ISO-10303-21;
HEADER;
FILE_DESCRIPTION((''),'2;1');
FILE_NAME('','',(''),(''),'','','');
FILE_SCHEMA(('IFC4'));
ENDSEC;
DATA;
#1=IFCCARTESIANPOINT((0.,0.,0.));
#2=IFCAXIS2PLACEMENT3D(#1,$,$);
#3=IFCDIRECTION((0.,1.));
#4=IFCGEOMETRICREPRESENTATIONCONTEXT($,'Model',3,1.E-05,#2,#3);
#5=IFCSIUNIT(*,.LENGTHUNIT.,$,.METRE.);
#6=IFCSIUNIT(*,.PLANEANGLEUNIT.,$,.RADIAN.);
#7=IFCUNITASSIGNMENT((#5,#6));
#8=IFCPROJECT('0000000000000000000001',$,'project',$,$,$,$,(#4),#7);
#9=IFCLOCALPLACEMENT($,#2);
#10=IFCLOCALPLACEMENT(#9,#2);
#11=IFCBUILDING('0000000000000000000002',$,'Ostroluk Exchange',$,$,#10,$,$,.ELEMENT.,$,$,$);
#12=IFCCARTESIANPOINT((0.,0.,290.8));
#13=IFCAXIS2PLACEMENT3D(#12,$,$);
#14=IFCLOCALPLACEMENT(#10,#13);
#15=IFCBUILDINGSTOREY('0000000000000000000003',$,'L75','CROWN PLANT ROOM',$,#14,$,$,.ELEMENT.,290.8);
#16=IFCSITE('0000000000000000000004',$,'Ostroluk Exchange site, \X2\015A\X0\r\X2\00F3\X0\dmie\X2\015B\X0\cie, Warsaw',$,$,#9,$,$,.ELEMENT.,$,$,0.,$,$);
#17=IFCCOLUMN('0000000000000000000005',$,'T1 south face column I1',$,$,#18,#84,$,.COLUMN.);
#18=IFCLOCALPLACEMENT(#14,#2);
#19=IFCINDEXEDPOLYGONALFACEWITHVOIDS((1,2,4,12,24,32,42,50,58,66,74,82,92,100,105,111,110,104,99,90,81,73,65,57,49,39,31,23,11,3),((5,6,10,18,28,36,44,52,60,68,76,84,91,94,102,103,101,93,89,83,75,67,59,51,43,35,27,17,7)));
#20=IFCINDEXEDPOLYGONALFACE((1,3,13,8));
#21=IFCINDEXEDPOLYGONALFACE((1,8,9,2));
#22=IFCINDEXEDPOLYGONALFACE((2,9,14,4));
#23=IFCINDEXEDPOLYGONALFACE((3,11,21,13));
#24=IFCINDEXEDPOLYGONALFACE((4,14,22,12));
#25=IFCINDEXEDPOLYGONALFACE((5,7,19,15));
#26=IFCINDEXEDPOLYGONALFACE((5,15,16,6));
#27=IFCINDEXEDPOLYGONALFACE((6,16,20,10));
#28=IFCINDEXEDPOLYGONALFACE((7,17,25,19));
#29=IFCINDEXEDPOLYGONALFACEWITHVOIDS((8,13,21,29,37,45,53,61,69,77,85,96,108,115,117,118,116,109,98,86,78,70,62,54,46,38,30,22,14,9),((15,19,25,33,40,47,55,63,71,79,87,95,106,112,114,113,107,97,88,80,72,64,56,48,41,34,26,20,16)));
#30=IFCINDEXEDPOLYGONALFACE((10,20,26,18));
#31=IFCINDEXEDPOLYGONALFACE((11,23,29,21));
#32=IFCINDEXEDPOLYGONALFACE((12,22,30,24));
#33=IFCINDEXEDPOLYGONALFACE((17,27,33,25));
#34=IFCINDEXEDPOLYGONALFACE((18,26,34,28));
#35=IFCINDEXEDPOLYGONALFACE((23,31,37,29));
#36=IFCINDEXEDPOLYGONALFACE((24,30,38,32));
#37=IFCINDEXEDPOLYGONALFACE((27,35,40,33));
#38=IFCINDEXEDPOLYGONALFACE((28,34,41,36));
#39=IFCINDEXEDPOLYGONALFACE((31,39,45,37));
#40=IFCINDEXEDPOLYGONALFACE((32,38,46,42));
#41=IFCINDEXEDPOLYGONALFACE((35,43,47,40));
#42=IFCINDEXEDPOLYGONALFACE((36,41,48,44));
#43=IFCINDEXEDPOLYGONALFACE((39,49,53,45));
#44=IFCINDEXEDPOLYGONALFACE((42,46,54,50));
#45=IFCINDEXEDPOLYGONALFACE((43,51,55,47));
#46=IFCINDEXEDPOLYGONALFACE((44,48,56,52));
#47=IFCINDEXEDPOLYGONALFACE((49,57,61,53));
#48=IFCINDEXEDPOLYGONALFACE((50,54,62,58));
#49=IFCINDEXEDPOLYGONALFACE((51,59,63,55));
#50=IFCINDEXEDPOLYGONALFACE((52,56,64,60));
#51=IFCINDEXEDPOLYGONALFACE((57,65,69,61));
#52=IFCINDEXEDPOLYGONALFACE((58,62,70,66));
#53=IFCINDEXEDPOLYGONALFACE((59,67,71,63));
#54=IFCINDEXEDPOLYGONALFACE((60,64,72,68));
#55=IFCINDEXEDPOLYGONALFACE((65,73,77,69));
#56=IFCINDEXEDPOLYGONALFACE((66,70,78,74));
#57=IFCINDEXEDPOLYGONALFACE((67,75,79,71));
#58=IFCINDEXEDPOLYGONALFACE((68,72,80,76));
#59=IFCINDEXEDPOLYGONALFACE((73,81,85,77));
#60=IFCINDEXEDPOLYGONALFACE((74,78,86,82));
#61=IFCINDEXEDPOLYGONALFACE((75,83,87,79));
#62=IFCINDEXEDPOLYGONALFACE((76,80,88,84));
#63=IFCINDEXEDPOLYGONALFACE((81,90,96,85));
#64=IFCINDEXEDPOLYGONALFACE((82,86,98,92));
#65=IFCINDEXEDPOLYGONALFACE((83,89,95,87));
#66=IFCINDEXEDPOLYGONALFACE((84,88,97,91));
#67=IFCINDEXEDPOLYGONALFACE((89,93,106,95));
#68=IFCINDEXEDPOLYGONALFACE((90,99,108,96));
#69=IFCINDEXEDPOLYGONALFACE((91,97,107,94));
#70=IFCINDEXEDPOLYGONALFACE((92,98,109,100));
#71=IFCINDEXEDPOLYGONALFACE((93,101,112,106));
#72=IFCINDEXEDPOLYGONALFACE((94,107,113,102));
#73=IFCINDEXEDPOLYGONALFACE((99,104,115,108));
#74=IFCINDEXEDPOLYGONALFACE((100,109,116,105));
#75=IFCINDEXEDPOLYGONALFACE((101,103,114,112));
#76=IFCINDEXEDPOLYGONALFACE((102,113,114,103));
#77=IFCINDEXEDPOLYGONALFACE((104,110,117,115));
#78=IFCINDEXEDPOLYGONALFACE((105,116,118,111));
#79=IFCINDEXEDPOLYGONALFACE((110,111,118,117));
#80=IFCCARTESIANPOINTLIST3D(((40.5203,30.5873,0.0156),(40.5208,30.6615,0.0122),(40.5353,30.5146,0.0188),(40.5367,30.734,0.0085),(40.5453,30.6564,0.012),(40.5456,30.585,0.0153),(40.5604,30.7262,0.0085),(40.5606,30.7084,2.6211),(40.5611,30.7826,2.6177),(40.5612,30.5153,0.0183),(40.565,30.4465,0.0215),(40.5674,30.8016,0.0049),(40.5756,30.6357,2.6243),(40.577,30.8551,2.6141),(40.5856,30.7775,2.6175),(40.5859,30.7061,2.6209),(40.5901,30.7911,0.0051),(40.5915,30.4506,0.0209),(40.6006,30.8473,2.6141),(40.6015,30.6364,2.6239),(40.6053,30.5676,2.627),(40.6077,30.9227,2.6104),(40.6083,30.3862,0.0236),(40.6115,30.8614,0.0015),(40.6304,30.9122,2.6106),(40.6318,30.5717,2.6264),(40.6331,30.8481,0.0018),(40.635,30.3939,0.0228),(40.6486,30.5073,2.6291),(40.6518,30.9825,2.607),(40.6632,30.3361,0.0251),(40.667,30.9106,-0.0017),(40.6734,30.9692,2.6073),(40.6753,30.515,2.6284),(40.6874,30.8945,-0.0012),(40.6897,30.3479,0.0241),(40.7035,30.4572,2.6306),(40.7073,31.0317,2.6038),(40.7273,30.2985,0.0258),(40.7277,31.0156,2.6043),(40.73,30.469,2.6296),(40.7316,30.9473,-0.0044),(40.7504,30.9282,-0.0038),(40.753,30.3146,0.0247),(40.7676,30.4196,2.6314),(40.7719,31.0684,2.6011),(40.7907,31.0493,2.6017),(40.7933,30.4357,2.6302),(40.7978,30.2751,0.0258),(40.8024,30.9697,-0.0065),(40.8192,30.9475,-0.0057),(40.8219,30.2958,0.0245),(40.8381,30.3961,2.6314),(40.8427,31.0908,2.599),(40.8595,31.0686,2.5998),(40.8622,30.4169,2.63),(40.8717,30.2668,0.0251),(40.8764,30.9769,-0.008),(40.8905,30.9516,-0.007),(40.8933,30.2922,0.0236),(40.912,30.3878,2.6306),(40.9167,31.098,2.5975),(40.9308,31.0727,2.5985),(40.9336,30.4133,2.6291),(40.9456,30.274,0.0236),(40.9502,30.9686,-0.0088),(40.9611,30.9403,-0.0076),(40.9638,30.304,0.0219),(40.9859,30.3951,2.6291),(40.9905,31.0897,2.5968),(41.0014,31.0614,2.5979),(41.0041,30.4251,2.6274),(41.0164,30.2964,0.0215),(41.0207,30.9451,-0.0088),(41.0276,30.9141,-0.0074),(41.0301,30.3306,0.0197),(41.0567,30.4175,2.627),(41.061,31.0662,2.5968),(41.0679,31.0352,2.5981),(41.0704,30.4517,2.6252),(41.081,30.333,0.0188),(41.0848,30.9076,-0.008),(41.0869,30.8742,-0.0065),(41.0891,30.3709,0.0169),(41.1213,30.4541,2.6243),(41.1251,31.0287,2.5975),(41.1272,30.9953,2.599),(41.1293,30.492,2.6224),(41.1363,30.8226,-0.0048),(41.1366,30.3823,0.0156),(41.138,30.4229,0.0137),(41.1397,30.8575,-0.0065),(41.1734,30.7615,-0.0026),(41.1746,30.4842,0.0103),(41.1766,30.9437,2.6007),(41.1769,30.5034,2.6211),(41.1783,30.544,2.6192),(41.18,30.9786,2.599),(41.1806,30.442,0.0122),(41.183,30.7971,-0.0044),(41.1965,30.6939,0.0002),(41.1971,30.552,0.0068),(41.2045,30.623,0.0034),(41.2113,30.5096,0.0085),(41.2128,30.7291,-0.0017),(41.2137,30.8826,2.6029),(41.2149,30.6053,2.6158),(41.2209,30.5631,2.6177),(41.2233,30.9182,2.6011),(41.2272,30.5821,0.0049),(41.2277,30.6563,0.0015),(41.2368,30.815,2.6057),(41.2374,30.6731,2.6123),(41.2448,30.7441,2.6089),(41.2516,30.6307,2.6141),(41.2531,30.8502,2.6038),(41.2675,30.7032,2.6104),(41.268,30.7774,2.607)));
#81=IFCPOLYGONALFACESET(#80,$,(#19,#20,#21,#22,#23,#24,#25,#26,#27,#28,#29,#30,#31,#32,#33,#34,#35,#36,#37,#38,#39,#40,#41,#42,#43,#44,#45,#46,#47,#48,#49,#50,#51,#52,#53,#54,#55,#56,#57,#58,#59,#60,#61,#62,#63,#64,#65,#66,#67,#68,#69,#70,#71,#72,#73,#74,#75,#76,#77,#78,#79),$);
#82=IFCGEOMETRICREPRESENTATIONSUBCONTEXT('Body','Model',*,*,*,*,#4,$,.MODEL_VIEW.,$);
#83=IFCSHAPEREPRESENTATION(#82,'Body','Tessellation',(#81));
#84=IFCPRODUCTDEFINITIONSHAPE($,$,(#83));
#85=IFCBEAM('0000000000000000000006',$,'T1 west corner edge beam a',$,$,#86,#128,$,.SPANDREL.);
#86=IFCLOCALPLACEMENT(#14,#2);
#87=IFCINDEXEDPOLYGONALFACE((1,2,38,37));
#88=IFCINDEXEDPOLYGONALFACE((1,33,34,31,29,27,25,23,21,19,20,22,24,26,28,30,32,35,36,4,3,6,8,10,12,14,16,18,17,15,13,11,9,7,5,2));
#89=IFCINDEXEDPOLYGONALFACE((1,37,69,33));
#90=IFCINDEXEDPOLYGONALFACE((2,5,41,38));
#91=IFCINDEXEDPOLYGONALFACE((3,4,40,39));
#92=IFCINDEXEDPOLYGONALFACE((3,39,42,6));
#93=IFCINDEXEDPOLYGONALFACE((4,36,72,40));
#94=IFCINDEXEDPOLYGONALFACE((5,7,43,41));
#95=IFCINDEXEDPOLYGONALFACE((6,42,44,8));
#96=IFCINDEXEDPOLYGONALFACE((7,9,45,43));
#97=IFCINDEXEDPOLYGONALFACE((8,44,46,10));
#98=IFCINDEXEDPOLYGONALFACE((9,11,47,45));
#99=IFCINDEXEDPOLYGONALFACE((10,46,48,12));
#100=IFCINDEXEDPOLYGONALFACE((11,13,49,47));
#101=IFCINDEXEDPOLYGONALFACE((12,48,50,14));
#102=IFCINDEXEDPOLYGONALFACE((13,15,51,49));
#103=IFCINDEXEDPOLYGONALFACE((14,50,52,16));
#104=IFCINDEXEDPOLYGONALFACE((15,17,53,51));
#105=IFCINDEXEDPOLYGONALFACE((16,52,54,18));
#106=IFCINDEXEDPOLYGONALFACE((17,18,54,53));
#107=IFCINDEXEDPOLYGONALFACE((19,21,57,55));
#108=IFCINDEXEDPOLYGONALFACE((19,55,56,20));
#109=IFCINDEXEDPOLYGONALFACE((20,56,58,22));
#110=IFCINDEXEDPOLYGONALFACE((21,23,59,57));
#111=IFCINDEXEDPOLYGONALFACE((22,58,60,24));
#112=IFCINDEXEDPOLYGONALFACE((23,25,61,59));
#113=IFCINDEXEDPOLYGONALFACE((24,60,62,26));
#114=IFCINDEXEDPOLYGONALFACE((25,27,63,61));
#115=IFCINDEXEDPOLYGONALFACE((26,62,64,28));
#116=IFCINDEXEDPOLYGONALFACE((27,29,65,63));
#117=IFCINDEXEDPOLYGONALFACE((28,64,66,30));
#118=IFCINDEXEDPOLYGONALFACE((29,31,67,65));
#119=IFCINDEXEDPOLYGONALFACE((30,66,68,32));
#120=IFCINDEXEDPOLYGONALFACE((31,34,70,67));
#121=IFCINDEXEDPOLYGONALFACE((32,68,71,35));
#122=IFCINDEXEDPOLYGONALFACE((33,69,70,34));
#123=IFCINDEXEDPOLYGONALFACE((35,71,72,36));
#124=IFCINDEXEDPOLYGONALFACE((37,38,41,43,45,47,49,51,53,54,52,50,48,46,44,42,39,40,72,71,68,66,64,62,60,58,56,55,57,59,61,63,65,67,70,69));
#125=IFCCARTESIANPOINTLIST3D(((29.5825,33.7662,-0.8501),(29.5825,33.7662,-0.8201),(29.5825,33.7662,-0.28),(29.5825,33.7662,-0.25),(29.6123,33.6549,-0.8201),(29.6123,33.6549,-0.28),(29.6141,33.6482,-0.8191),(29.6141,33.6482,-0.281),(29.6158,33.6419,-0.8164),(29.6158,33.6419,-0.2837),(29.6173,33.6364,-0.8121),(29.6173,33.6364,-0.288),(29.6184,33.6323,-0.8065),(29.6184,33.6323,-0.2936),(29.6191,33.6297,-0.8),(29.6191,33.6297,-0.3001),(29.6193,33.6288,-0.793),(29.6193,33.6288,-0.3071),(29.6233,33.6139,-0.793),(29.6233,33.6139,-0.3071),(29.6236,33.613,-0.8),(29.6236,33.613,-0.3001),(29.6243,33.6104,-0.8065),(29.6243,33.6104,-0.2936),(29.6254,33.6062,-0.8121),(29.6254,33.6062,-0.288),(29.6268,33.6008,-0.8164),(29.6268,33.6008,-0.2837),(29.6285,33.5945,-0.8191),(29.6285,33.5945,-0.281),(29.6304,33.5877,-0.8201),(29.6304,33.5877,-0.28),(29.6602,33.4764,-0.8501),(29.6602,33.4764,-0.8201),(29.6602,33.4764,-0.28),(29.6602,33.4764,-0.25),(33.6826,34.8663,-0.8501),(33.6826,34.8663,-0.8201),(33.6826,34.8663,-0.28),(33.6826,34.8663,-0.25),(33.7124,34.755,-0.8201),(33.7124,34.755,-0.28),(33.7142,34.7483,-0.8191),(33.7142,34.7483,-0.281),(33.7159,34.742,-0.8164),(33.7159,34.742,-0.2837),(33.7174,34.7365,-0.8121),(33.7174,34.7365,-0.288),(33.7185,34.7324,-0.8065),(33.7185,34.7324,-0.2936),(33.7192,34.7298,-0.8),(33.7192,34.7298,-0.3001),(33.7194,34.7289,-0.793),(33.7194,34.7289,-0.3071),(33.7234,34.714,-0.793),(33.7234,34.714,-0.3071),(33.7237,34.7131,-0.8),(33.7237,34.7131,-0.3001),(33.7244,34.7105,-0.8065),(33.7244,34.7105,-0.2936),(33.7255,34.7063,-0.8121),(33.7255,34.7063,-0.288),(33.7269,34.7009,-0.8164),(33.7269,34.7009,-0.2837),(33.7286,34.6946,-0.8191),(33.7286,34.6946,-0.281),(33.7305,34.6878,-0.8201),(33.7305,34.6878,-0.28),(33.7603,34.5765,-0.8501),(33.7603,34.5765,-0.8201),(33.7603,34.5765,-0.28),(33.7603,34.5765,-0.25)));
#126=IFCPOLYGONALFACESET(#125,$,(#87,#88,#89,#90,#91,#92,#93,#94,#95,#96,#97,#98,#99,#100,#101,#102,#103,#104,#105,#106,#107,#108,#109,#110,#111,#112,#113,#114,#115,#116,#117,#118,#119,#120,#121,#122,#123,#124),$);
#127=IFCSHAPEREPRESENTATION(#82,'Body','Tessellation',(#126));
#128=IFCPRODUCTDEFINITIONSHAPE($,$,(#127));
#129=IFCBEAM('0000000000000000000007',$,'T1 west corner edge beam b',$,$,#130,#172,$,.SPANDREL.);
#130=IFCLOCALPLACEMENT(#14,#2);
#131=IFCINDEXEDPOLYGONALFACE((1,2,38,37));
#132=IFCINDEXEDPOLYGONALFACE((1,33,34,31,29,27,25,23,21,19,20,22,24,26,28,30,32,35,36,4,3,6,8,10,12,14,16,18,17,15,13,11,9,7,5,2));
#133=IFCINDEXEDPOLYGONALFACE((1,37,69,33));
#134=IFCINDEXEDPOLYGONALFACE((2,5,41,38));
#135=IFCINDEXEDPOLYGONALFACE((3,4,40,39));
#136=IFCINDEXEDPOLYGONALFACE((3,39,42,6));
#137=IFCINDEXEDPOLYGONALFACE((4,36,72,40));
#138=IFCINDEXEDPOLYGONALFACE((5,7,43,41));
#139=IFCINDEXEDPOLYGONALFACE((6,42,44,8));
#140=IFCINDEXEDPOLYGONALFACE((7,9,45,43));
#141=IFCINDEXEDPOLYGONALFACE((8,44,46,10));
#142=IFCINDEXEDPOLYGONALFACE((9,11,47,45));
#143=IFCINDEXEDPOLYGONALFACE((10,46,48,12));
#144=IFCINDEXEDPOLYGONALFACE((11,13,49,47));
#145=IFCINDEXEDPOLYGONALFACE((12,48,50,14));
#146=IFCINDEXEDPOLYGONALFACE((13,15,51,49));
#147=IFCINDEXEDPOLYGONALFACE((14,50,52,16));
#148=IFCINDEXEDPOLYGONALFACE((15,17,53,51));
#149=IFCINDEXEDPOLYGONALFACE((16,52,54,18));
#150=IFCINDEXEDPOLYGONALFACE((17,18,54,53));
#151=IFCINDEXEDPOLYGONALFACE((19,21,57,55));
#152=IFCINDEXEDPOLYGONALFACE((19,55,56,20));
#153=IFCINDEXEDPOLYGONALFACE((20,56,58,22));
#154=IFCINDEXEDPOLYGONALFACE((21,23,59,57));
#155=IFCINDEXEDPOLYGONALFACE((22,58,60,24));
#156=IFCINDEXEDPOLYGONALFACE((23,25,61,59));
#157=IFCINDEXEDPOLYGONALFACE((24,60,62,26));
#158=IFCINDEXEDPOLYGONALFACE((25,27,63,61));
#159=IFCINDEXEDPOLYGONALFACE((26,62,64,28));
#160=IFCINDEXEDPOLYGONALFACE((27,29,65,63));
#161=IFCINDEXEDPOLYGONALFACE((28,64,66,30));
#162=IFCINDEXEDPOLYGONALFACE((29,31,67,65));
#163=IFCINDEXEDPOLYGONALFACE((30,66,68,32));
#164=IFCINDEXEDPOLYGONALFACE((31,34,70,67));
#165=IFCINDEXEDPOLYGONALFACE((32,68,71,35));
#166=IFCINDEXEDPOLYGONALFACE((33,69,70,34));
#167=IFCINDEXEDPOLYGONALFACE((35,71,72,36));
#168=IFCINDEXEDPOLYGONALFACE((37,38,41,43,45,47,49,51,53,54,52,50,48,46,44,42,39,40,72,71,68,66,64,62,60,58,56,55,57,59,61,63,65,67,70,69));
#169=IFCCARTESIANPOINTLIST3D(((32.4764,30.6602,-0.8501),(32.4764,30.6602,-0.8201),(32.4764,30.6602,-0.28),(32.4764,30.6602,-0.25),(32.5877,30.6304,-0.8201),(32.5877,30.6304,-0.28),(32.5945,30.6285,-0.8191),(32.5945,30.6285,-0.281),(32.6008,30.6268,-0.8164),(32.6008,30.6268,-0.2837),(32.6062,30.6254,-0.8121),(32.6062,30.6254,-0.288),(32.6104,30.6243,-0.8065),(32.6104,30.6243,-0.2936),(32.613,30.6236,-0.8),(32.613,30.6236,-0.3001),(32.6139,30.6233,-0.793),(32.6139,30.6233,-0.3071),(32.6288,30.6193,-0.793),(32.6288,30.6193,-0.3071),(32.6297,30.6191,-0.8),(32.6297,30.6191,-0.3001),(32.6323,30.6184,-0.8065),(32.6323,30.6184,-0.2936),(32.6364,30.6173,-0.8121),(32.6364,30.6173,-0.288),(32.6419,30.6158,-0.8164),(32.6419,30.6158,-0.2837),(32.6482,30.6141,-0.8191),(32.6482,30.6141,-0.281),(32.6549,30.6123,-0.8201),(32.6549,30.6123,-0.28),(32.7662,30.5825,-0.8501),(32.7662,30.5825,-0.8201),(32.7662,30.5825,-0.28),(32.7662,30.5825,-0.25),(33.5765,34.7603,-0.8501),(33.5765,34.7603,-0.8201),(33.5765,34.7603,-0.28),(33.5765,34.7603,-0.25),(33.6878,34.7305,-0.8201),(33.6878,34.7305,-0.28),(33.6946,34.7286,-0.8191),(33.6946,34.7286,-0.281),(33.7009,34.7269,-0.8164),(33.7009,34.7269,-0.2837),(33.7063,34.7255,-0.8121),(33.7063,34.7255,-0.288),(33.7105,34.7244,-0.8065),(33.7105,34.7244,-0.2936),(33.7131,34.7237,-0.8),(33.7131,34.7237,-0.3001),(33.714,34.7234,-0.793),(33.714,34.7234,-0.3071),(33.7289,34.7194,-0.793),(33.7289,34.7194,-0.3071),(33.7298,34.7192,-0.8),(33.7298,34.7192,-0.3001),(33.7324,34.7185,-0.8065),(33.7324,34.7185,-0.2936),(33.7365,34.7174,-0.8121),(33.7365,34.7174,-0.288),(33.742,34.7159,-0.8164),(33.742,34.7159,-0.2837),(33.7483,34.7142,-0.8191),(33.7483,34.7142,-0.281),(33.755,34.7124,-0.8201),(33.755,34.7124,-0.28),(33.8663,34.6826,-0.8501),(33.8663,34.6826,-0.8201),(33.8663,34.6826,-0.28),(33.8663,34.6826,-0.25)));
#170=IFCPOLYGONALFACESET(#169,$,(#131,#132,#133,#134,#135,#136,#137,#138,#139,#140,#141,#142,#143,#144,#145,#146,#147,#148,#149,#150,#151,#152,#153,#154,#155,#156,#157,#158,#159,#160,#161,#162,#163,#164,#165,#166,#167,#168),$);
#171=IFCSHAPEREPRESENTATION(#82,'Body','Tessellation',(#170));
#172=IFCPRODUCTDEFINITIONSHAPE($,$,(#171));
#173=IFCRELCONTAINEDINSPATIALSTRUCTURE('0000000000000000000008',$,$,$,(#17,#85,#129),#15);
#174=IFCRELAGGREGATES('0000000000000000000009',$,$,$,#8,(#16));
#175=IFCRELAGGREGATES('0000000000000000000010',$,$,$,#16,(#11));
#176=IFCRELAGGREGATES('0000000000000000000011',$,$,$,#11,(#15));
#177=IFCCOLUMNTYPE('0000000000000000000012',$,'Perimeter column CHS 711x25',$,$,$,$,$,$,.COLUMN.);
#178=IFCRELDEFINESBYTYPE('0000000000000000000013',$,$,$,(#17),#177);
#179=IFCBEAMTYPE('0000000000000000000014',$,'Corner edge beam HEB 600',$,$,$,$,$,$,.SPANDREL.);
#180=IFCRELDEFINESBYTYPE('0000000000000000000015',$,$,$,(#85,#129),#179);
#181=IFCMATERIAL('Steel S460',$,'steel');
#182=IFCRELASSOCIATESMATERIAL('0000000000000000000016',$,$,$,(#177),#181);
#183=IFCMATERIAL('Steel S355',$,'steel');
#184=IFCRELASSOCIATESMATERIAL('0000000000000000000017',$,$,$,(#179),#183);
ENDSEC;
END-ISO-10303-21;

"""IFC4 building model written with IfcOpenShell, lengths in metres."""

from ifc_helpers import new_model, si_unit, direction, frame, origin, origin_2d, place, context, subcontext, project, spatial, hollow_circle, i_section, extrude, material, material_profile, profile_set, type_object, element, save


model = new_model("IFC4")

# Units and contexts
model_context = context("Model", 3, precision=1e-05, world=origin(), true_north=direction((0.0, 1.0)))
body_context = subcontext(model_context, "Body", "Model", "MODEL_VIEW")
ifc_project = project(units=[si_unit("LENGTHUNIT", "METRE"), si_unit("PLANEANGLEUNIT", "RADIAN")], contexts=[model_context])

# Site, building, storey
site_placement = place(None, origin())
site = spatial("IfcSite", under=ifc_project, at=site_placement, Name="Ostroluk Exchange site, Śródmieście, Warsaw", CompositionType="ELEMENT", RefElevation=0.0)
building_placement = place(site_placement, origin())
building = spatial("IfcBuilding", under=site, at=building_placement, Name="Ostroluk Exchange", CompositionType="ELEMENT")
storey_placement = place(building_placement, frame((0.0, 0.0, 290.8)))
storey = spatial("IfcBuildingStorey", under=building, at=storey_placement, Name="L75", Description="CROWN PLANT ROOM", CompositionType="ELEMENT", Elevation=290.8)

# Column
ifc_material_1 = material(Name="Steel S460", Category="steel")
ifc_material_profile_1 = material_profile(ifc_material_1, hollow_circle(Radius=0.3555, WallThickness=0.0249, at=origin_2d()), Name="CHS 711x25")
ifc_profile_set_1 = profile_set([ifc_material_profile_1], Name="Steel S460")
column_type_1 = type_object("IfcColumnType", Name="Perimeter column CHS 711x25", PredefinedType="COLUMN", material=ifc_profile_set_1)
column_1_placement = place(storey_placement, frame((40.874, 30.6218, 0.0085), z_axis=(0.015443, 0.046421, 0.998803), x_axis=(-0.948874, 0.315654, 0.0)))
element("IfcColumn", 1, at=column_1_placement, inside=storey, type_object=column_type_1, Name="T1 south face column I1", PredefinedType="COLUMN", context=body_context, shape_type="SweptSolid", body=[
    extrude(hollow_circle(Radius=0.3555, WallThickness=0.0249, at=origin_2d()), origin(), (0.0, 0.0, 1.0), 2.6086),
])

# Beams
ifc_material_2 = material(Name="Steel S355", Category="steel")
ifc_material_profile_2 = material_profile(ifc_material_2, i_section(OverallWidth=0.3, OverallDepth=0.6001, WebThickness=0.0154, FlangeThickness=0.03, FilletRadius=0.0271, at=origin_2d()), Name="HEB 600")
ifc_profile_set_2 = profile_set([ifc_material_profile_2], Name="Steel S355")
beam_type_1 = type_object("IfcBeamType", Name="Corner edge beam HEB 600", PredefinedType="SPANDREL", material=ifc_profile_set_2)
for number, where, z_axis, x_axis, name in (
    (2, (33.7214, 34.7214, -0.55), (-0.965839, -0.259144, 0.0), (0.259144, -0.965839, 0.0), "T1 west corner edge beam a"),
    (3, (33.7214, 34.7214, -0.55), (-0.259144, -0.965839, 0.0), (0.965839, -0.259144, 0.0), "T1 west corner edge beam b"),
):
    element("IfcBeam", number, at=place(storey_placement, frame(where, z_axis=z_axis, x_axis=x_axis)), inside=storey, type_object=beam_type_1, Name=name, PredefinedType="SPANDREL", context=body_context, shape_type="SweptSolid", body=[
        extrude(i_section(OverallWidth=0.3, OverallDepth=0.6001, WebThickness=0.0154, FlangeThickness=0.03, FilletRadius=0.0271, at=origin_2d()), origin(), (0.0, 0.0, 1.0), 4.2451),
    ])

save(model, "model.ifc")
